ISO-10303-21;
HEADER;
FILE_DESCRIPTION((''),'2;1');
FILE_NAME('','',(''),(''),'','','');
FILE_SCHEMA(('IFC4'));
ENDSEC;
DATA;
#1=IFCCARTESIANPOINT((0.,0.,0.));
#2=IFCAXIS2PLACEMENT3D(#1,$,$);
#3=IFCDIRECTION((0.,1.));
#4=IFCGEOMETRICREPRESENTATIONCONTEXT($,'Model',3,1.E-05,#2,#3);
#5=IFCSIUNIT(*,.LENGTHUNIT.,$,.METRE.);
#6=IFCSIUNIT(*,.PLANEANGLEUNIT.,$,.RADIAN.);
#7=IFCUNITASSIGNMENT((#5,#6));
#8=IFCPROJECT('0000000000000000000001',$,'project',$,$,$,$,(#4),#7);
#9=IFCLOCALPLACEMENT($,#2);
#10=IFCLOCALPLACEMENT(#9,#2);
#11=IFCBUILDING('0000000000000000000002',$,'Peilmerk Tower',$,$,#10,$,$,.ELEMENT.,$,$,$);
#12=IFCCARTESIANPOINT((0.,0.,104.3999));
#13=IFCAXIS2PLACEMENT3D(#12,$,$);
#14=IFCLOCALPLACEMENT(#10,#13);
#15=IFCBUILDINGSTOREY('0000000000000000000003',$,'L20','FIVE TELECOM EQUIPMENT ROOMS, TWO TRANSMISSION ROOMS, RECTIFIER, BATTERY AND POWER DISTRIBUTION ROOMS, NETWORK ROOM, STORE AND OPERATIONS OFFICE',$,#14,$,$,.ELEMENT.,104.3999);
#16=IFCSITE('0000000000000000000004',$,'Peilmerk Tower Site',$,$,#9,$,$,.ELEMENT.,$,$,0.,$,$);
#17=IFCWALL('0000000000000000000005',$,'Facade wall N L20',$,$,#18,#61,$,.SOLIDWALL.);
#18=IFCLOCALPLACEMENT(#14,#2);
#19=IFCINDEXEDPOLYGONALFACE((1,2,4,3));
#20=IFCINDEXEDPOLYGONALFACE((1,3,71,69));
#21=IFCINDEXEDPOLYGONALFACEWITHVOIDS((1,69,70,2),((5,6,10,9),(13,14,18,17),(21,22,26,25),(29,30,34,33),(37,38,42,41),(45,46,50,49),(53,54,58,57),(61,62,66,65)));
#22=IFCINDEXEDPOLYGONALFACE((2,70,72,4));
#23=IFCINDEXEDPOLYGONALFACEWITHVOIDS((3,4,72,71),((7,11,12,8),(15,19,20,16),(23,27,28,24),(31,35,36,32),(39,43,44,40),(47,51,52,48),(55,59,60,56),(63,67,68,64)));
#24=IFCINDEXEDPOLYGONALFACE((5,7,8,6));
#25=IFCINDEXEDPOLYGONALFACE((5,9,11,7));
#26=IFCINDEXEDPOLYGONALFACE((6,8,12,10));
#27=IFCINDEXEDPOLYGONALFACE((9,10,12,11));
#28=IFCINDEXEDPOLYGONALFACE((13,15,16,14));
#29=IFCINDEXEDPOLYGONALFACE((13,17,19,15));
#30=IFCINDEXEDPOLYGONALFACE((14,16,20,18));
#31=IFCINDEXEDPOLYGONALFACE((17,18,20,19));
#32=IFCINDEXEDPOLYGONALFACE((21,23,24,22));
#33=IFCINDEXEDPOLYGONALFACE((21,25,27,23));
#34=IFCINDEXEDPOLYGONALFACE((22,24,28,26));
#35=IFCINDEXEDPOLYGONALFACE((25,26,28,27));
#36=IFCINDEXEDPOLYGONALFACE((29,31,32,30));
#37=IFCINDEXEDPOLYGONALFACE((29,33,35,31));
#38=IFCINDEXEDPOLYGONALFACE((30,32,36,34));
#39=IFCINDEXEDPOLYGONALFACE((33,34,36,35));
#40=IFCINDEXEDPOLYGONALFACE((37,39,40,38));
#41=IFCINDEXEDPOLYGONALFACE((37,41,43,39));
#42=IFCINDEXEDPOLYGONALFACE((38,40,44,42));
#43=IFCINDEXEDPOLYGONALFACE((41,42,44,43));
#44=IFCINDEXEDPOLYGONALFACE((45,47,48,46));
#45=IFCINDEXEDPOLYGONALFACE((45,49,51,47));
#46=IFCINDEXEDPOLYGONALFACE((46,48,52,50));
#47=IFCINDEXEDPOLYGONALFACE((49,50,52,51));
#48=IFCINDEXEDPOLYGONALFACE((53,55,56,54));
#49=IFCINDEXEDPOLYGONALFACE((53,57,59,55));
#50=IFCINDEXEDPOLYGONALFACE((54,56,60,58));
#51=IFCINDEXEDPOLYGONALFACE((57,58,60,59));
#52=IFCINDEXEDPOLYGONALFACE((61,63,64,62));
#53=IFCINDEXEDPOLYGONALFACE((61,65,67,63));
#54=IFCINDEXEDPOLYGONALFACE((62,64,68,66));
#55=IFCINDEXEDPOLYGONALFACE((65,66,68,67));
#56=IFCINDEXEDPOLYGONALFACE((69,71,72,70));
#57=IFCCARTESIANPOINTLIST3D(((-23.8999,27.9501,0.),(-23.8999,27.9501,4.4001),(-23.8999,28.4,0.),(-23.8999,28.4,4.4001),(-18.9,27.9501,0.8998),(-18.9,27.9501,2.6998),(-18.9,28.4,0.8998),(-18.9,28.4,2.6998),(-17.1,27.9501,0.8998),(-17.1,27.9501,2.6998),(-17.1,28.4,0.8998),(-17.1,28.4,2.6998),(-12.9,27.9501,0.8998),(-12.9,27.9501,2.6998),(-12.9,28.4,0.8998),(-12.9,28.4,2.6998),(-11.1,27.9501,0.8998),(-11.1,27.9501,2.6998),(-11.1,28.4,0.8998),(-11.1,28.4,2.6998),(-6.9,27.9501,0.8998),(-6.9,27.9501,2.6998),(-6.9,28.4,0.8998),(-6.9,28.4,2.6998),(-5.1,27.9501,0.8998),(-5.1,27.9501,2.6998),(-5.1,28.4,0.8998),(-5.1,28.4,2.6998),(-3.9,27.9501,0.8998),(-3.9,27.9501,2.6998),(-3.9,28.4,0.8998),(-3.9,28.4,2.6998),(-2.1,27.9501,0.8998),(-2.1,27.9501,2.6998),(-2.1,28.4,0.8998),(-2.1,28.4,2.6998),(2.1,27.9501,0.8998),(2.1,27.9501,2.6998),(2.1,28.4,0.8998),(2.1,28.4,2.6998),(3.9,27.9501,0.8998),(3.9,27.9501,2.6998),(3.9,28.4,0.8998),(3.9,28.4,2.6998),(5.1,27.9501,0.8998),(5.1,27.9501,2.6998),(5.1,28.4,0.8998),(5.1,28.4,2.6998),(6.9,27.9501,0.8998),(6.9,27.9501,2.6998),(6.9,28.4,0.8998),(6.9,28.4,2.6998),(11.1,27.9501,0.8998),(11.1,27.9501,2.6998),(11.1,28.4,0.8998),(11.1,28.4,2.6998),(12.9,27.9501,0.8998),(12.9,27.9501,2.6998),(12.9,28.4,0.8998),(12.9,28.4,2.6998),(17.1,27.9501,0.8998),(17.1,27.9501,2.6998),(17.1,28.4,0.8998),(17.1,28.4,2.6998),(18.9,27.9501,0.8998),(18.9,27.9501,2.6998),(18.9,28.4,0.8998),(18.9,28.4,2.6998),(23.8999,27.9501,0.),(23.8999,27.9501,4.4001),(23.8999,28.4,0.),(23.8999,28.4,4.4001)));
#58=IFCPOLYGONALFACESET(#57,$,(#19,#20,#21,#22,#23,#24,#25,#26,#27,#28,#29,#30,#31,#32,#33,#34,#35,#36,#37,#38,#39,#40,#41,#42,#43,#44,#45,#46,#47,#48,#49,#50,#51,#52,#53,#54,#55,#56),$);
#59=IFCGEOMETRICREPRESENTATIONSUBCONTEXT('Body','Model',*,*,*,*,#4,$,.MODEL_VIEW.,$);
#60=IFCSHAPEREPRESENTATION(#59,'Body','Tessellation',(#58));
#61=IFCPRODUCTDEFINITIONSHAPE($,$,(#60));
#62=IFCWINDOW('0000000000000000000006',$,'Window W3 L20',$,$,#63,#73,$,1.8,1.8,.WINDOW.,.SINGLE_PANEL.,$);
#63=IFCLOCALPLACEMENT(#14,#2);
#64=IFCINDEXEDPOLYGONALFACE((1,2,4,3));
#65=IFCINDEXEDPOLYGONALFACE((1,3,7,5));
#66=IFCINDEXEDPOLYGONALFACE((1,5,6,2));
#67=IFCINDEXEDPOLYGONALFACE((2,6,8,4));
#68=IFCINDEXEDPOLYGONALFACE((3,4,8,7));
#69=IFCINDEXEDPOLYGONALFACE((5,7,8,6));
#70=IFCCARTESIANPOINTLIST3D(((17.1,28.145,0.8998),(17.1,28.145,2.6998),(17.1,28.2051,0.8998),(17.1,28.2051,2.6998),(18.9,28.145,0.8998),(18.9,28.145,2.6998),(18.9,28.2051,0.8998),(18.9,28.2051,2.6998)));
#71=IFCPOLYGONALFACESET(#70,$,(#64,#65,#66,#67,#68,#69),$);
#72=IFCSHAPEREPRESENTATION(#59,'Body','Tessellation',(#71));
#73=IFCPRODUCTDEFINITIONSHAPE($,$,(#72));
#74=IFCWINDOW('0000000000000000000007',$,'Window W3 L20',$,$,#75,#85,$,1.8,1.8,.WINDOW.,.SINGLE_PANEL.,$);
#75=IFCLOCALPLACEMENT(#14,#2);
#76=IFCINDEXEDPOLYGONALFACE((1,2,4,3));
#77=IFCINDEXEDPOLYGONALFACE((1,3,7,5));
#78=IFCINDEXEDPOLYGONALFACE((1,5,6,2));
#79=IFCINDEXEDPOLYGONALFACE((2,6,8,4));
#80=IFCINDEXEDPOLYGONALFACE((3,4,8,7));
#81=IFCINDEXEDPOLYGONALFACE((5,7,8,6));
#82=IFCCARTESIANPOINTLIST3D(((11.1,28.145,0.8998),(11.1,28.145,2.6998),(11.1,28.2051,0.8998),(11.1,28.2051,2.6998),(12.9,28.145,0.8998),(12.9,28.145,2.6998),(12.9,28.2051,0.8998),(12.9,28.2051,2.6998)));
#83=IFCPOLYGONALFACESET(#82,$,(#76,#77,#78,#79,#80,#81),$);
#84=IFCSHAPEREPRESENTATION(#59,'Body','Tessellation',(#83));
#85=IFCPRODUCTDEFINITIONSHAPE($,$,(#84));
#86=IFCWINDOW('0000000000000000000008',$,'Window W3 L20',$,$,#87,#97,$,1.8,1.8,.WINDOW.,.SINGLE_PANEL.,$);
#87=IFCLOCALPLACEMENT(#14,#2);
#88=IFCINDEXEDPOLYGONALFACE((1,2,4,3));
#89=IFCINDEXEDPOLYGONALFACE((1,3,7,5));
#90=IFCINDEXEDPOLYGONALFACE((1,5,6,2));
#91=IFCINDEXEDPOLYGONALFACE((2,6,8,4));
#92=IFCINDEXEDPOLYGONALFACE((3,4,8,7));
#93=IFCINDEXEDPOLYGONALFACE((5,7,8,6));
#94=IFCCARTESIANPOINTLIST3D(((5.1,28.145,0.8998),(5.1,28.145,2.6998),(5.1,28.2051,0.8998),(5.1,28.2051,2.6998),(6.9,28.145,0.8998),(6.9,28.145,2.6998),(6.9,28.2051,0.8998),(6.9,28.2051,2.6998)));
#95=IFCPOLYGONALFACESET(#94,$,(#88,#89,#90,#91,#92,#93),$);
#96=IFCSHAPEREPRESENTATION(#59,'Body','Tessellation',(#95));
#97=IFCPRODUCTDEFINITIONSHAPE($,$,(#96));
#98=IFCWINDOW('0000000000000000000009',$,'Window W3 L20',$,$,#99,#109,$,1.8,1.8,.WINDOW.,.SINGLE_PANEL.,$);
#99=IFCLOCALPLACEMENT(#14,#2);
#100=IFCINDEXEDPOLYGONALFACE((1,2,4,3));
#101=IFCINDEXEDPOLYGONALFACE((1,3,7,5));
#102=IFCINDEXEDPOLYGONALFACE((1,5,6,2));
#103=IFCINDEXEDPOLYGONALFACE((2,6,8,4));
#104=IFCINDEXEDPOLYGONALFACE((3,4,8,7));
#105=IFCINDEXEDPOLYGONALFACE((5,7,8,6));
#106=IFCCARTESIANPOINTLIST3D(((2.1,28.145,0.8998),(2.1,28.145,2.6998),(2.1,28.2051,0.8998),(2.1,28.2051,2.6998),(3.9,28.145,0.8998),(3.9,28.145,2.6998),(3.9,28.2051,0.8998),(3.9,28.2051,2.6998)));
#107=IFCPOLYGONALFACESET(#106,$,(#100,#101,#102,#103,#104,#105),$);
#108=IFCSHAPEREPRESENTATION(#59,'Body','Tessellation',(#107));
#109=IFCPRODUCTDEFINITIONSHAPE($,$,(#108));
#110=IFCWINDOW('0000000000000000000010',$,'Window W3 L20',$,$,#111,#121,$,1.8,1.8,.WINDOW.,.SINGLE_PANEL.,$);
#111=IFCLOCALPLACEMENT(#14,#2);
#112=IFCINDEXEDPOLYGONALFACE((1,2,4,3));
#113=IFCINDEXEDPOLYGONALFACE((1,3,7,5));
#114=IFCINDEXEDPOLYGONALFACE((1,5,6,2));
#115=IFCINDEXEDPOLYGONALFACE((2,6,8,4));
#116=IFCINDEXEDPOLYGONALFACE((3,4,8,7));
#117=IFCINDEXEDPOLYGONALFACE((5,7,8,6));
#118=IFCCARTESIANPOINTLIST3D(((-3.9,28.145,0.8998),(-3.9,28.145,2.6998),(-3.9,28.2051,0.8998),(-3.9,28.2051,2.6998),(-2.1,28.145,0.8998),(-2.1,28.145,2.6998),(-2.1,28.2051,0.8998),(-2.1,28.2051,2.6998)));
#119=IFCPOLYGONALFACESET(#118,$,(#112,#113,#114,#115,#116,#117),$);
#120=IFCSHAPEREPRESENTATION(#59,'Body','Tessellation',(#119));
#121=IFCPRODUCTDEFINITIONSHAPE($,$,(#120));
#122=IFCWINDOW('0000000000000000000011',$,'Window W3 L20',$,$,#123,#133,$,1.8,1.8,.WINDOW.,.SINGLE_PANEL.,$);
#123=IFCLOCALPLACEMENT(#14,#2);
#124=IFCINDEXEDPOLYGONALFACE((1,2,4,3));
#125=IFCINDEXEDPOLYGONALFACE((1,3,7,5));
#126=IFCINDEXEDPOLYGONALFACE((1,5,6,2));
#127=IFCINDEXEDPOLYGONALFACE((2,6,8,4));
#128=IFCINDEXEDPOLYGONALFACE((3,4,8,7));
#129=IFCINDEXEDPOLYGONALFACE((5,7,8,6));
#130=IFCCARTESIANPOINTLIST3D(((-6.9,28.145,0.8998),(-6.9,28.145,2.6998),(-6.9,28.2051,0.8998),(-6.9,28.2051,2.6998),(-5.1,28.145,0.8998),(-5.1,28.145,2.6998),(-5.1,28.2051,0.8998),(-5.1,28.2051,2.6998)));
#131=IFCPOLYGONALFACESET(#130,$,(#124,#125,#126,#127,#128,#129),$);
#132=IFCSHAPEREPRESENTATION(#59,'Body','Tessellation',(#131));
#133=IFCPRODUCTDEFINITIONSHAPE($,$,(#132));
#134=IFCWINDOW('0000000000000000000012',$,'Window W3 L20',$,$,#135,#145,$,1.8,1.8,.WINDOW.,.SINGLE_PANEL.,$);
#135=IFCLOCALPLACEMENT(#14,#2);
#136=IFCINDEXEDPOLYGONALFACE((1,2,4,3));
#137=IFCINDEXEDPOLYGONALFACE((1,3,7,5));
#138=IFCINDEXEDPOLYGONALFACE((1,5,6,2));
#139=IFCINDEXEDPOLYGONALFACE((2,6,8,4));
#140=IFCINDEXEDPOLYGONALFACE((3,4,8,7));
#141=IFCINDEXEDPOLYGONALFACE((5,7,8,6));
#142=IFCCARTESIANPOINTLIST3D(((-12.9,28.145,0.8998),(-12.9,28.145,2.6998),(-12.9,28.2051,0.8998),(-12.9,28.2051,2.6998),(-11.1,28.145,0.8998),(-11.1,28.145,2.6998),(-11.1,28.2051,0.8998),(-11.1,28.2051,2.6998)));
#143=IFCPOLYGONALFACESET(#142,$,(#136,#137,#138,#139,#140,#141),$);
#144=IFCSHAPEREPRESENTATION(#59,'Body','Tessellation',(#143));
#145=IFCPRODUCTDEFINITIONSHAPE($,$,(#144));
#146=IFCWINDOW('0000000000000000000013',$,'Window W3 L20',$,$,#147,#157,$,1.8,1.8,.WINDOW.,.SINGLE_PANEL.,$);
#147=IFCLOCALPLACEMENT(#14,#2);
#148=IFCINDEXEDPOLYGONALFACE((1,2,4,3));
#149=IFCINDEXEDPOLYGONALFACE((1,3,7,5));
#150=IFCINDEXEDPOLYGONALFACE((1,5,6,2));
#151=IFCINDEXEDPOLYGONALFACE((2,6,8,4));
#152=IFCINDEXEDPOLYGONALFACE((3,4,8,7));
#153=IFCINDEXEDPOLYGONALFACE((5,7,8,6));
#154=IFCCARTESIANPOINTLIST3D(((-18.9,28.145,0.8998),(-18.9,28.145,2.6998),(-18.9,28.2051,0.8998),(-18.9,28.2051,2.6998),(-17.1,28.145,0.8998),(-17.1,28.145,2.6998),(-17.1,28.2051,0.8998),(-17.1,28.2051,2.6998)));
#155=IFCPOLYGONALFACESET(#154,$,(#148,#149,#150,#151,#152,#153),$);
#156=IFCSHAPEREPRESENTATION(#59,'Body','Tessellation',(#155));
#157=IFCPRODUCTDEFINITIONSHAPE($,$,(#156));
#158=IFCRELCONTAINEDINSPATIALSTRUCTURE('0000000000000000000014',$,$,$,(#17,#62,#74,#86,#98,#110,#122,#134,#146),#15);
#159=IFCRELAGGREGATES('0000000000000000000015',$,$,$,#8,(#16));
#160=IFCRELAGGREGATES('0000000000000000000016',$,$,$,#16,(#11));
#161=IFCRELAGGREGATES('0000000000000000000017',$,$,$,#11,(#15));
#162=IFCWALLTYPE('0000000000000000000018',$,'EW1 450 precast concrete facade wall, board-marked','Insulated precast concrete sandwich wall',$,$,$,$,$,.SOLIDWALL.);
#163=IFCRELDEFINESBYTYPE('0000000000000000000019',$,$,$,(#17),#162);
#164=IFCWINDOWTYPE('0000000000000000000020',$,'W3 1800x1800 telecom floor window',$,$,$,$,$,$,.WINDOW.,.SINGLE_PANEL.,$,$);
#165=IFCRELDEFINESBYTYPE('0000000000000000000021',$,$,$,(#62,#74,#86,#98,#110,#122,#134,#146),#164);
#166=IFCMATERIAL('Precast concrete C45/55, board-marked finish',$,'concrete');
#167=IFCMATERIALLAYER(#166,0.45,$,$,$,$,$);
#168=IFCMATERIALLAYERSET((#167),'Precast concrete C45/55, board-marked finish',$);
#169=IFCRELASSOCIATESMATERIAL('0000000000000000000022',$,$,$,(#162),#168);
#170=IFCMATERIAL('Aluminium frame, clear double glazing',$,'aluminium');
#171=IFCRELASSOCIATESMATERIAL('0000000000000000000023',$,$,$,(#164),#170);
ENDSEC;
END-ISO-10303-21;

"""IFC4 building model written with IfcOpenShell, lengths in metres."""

from ifc_helpers import new_model, si_unit, direction, frame, frame_2d, origin, place, context, subcontext, project, spatial, rectangle, extrude, material, layer, layer_set, type_object, element, fill, save


model = new_model("IFC4")

# Units and contexts
model_context = context("Model", 3, precision=1e-05, world=origin(), true_north=direction((0.0, 1.0)))
body_context = subcontext(model_context, "Body", "Model", "MODEL_VIEW")
ifc_project = project(units=[si_unit("LENGTHUNIT", "METRE"), si_unit("PLANEANGLEUNIT", "RADIAN")], contexts=[model_context])

# Site, building, storey
site_placement = place(None, origin())
site = spatial("IfcSite", under=ifc_project, at=site_placement, Name="Peilmerk Tower Site", CompositionType="ELEMENT", RefElevation=0.0)
building_placement = place(site_placement, origin())
building = spatial("IfcBuilding", under=site, at=building_placement, Name="Peilmerk Tower", CompositionType="ELEMENT")
storey_placement = place(building_placement, frame((0.0, 0.0, 104.3999)))
storey = spatial("IfcBuildingStorey", under=building, at=storey_placement, Name="L20", Description="FIVE TELECOM EQUIPMENT ROOMS, TWO TRANSMISSION ROOMS, RECTIFIER, BATTERY AND POWER DISTRIBUTION ROOMS, NETWORK ROOM, STORE AND OPERATIONS OFFICE", CompositionType="ELEMENT", Elevation=104.3999)

# Wall, openings, windows
ifc_material_1 = material(Name="Precast concrete C45/55, board-marked finish", Category="concrete")
ifc_layer = layer(ifc_material_1, 0.45)
ifc_layer_set = layer_set([ifc_layer], Name="Precast concrete C45/55, board-marked finish")
wall_type = type_object("IfcWallType", Name="EW1 450 precast concrete facade wall, board-marked", Description="Insulated precast concrete sandwich wall", PredefinedType="SOLIDWALL", material=ifc_layer_set)
wall_1_placement = place(storey_placement, frame((23.8999, 28.175, 0.0), z_axis=(0.0, 0.0, 1.0), x_axis=(-1.0, 0.0, 0.0)))
wall_1 = element("IfcWall", 1, at=wall_1_placement, inside=storey, type_object=wall_type, Name="Facade wall N L20", PredefinedType="SOLIDWALL", context=body_context, shape_type="SweptSolid", body=[
    extrude(rectangle(XDim=47.7998, YDim=0.45, at=frame_2d((23.8999, 0.0))), origin(), (0.0, 0.0, 1.0), 4.4001),
])
opening_1_placement = place(wall_1_placement, frame((5.0, 0.0, 0.8999)))
opening_1 = element("IfcOpeningElement", 2, at=opening_1_placement, cuts=wall_1, PredefinedType="OPENING", context=body_context, shape_type="SweptSolid", body=[
    extrude(rectangle(XDim=1.8, YDim=1.8, at=frame_2d((0.8999, 0.8999))), frame((0.0, 0.2349, 0.0), z_axis=(0.0, -1.0, 0.0), x_axis=(1.0, 0.0, 0.0)), (0.0, 0.0, 1.0), 0.47),
])
opening_2_placement = place(wall_1_placement, frame((11.0, 0.0, 0.8999)))
opening_2 = element("IfcOpeningElement", 3, at=opening_2_placement, cuts=wall_1, PredefinedType="OPENING", context=body_context, shape_type="SweptSolid", body=[
    extrude(rectangle(XDim=1.8, YDim=1.8, at=frame_2d((0.8999, 0.8999))), frame((0.0, 0.2349, 0.0), z_axis=(0.0, -1.0, 0.0), x_axis=(1.0, 0.0, 0.0)), (0.0, 0.0, 1.0), 0.47),
])
opening_3_placement = place(wall_1_placement, frame((17.0, 0.0, 0.8999)))
opening_3 = element("IfcOpeningElement", 4, at=opening_3_placement, cuts=wall_1, PredefinedType="OPENING", context=body_context, shape_type="SweptSolid", body=[
    extrude(rectangle(XDim=1.8, YDim=1.8, at=frame_2d((0.8999, 0.8999))), frame((0.0, 0.2349, 0.0), z_axis=(0.0, -1.0, 0.0), x_axis=(1.0, 0.0, 0.0)), (0.0, 0.0, 1.0), 0.47),
])
opening_4_placement = place(wall_1_placement, frame((20.0, 0.0, 0.8999)))
opening_4 = element("IfcOpeningElement", 5, at=opening_4_placement, cuts=wall_1, PredefinedType="OPENING", context=body_context, shape_type="SweptSolid", body=[
    extrude(rectangle(XDim=1.8, YDim=1.8, at=frame_2d((0.8999, 0.8999))), frame((0.0, 0.2349, 0.0), z_axis=(0.0, -1.0, 0.0), x_axis=(1.0, 0.0, 0.0)), (0.0, 0.0, 1.0), 0.47),
])
opening_5_placement = place(wall_1_placement, frame((26.0, 0.0, 0.8999)))
opening_5 = element("IfcOpeningElement", 6, at=opening_5_placement, cuts=wall_1, PredefinedType="OPENING", context=body_context, shape_type="SweptSolid", body=[
    extrude(rectangle(XDim=1.8, YDim=1.8, at=frame_2d((0.8999, 0.8999))), frame((0.0, 0.2349, 0.0), z_axis=(0.0, -1.0, 0.0), x_axis=(1.0, 0.0, 0.0)), (0.0, 0.0, 1.0), 0.47),
])
opening_6_placement = place(wall_1_placement, frame((29.0, 0.0, 0.8999)))
opening_6 = element("IfcOpeningElement", 7, at=opening_6_placement, cuts=wall_1, PredefinedType="OPENING", context=body_context, shape_type="SweptSolid", body=[
    extrude(rectangle(XDim=1.8, YDim=1.8, at=frame_2d((0.8999, 0.8999))), frame((0.0, 0.2349, 0.0), z_axis=(0.0, -1.0, 0.0), x_axis=(1.0, 0.0, 0.0)), (0.0, 0.0, 1.0), 0.47),
])
opening_7_placement = place(wall_1_placement, frame((35.0, 0.0, 0.8999)))
opening_7 = element("IfcOpeningElement", 8, at=opening_7_placement, cuts=wall_1, PredefinedType="OPENING", context=body_context, shape_type="SweptSolid", body=[
    extrude(rectangle(XDim=1.8, YDim=1.8, at=frame_2d((0.8999, 0.8999))), frame((0.0, 0.2349, 0.0), z_axis=(0.0, -1.0, 0.0), x_axis=(1.0, 0.0, 0.0)), (0.0, 0.0, 1.0), 0.47),
])
opening_8_placement = place(wall_1_placement, frame((41.0, 0.0, 0.8999)))
opening_8 = element("IfcOpeningElement", 9, at=opening_8_placement, cuts=wall_1, PredefinedType="OPENING", context=body_context, shape_type="SweptSolid", body=[
    extrude(rectangle(XDim=1.8, YDim=1.8, at=frame_2d((0.8999, 0.8999))), frame((0.0, 0.2349, 0.0), z_axis=(0.0, -1.0, 0.0), x_axis=(1.0, 0.0, 0.0)), (0.0, 0.0, 1.0), 0.47),
])
ifc_material_2 = material(Name="Aluminium frame, clear double glazing", Category="aluminium")
window_type = type_object("IfcWindowType", Name="W3 1800x1800 telecom floor window", PartitioningType="SINGLE_PANEL", PredefinedType="WINDOW", material=ifc_material_2)
window_1_placement = place(opening_1_placement, origin())
window_1 = element("IfcWindow", 10, at=window_1_placement, inside=storey, type_object=window_type, Name="Window W3 L20", OverallHeight=1.8, OverallWidth=1.8, PartitioningType="SINGLE_PANEL", PredefinedType="WINDOW", context=body_context, shape_type="SweptSolid", body=[
    extrude(rectangle(XDim=1.8, YDim=1.8, at=frame_2d((0.8999, 0.8999))), frame((0.0, 0.03, 0.0), z_axis=(0.0, -1.0, 0.0), x_axis=(1.0, 0.0, 0.0)), (0.0, 0.0, 1.0), 0.0601),
])
fill(opening_1, window_1)
window_2_placement = place(opening_2_placement, origin())
window_2 = element("IfcWindow", 11, at=window_2_placement, inside=storey, type_object=window_type, Name="Window W3 L20", OverallHeight=1.8, OverallWidth=1.8, PartitioningType="SINGLE_PANEL", PredefinedType="WINDOW", context=body_context, shape_type="SweptSolid", body=[
    extrude(rectangle(XDim=1.8, YDim=1.8, at=frame_2d((0.8999, 0.8999))), frame((0.0, 0.03, 0.0), z_axis=(0.0, -1.0, 0.0), x_axis=(1.0, 0.0, 0.0)), (0.0, 0.0, 1.0), 0.0601),
])
fill(opening_2, window_2)
window_3_placement = place(opening_3_placement, origin())
window_3 = element("IfcWindow", 12, at=window_3_placement, inside=storey, type_object=window_type, Name="Window W3 L20", OverallHeight=1.8, OverallWidth=1.8, PartitioningType="SINGLE_PANEL", PredefinedType="WINDOW", context=body_context, shape_type="SweptSolid", body=[
    extrude(rectangle(XDim=1.8, YDim=1.8, at=frame_2d((0.8999, 0.8999))), frame((0.0, 0.03, 0.0), z_axis=(0.0, -1.0, 0.0), x_axis=(1.0, 0.0, 0.0)), (0.0, 0.0, 1.0), 0.0601),
])
fill(opening_3, window_3)
window_4_placement = place(opening_4_placement, origin())
window_4 = element("IfcWindow", 13, at=window_4_placement, inside=storey, type_object=window_type, Name="Window W3 L20", OverallHeight=1.8, OverallWidth=1.8, PartitioningType="SINGLE_PANEL", PredefinedType="WINDOW", context=body_context, shape_type="SweptSolid", body=[
    extrude(rectangle(XDim=1.8, YDim=1.8, at=frame_2d((0.8999, 0.8999))), frame((0.0, 0.03, 0.0), z_axis=(0.0, -1.0, 0.0), x_axis=(1.0, 0.0, 0.0)), (0.0, 0.0, 1.0), 0.0601),
])
fill(opening_4, window_4)
window_5_placement = place(opening_5_placement, origin())
window_5 = element("IfcWindow", 14, at=window_5_placement, inside=storey, type_object=window_type, Name="Window W3 L20", OverallHeight=1.8, OverallWidth=1.8, PartitioningType="SINGLE_PANEL", PredefinedType="WINDOW", context=body_context, shape_type="SweptSolid", body=[
    extrude(rectangle(XDim=1.8, YDim=1.8, at=frame_2d((0.8999, 0.8999))), frame((0.0, 0.03, 0.0), z_axis=(0.0, -1.0, 0.0), x_axis=(1.0, 0.0, 0.0)), (0.0, 0.0, 1.0), 0.0601),
])
fill(opening_5, window_5)
window_6_placement = place(opening_6_placement, origin())
window_6 = element("IfcWindow", 15, at=window_6_placement, inside=storey, type_object=window_type, Name="Window W3 L20", OverallHeight=1.8, OverallWidth=1.8, PartitioningType="SINGLE_PANEL", PredefinedType="WINDOW", context=body_context, shape_type="SweptSolid", body=[
    extrude(rectangle(XDim=1.8, YDim=1.8, at=frame_2d((0.8999, 0.8999))), frame((0.0, 0.03, 0.0), z_axis=(0.0, -1.0, 0.0), x_axis=(1.0, 0.0, 0.0)), (0.0, 0.0, 1.0), 0.0601),
])
fill(opening_6, window_6)
window_7_placement = place(opening_7_placement, origin())
window_7 = element("IfcWindow", 16, at=window_7_placement, inside=storey, type_object=window_type, Name="Window W3 L20", OverallHeight=1.8, OverallWidth=1.8, PartitioningType="SINGLE_PANEL", PredefinedType="WINDOW", context=body_context, shape_type="SweptSolid", body=[
    extrude(rectangle(XDim=1.8, YDim=1.8, at=frame_2d((0.8999, 0.8999))), frame((0.0, 0.03, 0.0), z_axis=(0.0, -1.0, 0.0), x_axis=(1.0, 0.0, 0.0)), (0.0, 0.0, 1.0), 0.0601),
])
fill(opening_7, window_7)
window_8_placement = place(opening_8_placement, origin())
window_8 = element("IfcWindow", 17, at=window_8_placement, inside=storey, type_object=window_type, Name="Window W3 L20", OverallHeight=1.8, OverallWidth=1.8, PartitioningType="SINGLE_PANEL", PredefinedType="WINDOW", context=body_context, shape_type="SweptSolid", body=[
    extrude(rectangle(XDim=1.8, YDim=1.8, at=frame_2d((0.8999, 0.8999))), frame((0.0, 0.03, 0.0), z_axis=(0.0, -1.0, 0.0), x_axis=(1.0, 0.0, 0.0)), (0.0, 0.0, 1.0), 0.0601),
])
fill(opening_8, window_8)

save(model, "model.ifc")
